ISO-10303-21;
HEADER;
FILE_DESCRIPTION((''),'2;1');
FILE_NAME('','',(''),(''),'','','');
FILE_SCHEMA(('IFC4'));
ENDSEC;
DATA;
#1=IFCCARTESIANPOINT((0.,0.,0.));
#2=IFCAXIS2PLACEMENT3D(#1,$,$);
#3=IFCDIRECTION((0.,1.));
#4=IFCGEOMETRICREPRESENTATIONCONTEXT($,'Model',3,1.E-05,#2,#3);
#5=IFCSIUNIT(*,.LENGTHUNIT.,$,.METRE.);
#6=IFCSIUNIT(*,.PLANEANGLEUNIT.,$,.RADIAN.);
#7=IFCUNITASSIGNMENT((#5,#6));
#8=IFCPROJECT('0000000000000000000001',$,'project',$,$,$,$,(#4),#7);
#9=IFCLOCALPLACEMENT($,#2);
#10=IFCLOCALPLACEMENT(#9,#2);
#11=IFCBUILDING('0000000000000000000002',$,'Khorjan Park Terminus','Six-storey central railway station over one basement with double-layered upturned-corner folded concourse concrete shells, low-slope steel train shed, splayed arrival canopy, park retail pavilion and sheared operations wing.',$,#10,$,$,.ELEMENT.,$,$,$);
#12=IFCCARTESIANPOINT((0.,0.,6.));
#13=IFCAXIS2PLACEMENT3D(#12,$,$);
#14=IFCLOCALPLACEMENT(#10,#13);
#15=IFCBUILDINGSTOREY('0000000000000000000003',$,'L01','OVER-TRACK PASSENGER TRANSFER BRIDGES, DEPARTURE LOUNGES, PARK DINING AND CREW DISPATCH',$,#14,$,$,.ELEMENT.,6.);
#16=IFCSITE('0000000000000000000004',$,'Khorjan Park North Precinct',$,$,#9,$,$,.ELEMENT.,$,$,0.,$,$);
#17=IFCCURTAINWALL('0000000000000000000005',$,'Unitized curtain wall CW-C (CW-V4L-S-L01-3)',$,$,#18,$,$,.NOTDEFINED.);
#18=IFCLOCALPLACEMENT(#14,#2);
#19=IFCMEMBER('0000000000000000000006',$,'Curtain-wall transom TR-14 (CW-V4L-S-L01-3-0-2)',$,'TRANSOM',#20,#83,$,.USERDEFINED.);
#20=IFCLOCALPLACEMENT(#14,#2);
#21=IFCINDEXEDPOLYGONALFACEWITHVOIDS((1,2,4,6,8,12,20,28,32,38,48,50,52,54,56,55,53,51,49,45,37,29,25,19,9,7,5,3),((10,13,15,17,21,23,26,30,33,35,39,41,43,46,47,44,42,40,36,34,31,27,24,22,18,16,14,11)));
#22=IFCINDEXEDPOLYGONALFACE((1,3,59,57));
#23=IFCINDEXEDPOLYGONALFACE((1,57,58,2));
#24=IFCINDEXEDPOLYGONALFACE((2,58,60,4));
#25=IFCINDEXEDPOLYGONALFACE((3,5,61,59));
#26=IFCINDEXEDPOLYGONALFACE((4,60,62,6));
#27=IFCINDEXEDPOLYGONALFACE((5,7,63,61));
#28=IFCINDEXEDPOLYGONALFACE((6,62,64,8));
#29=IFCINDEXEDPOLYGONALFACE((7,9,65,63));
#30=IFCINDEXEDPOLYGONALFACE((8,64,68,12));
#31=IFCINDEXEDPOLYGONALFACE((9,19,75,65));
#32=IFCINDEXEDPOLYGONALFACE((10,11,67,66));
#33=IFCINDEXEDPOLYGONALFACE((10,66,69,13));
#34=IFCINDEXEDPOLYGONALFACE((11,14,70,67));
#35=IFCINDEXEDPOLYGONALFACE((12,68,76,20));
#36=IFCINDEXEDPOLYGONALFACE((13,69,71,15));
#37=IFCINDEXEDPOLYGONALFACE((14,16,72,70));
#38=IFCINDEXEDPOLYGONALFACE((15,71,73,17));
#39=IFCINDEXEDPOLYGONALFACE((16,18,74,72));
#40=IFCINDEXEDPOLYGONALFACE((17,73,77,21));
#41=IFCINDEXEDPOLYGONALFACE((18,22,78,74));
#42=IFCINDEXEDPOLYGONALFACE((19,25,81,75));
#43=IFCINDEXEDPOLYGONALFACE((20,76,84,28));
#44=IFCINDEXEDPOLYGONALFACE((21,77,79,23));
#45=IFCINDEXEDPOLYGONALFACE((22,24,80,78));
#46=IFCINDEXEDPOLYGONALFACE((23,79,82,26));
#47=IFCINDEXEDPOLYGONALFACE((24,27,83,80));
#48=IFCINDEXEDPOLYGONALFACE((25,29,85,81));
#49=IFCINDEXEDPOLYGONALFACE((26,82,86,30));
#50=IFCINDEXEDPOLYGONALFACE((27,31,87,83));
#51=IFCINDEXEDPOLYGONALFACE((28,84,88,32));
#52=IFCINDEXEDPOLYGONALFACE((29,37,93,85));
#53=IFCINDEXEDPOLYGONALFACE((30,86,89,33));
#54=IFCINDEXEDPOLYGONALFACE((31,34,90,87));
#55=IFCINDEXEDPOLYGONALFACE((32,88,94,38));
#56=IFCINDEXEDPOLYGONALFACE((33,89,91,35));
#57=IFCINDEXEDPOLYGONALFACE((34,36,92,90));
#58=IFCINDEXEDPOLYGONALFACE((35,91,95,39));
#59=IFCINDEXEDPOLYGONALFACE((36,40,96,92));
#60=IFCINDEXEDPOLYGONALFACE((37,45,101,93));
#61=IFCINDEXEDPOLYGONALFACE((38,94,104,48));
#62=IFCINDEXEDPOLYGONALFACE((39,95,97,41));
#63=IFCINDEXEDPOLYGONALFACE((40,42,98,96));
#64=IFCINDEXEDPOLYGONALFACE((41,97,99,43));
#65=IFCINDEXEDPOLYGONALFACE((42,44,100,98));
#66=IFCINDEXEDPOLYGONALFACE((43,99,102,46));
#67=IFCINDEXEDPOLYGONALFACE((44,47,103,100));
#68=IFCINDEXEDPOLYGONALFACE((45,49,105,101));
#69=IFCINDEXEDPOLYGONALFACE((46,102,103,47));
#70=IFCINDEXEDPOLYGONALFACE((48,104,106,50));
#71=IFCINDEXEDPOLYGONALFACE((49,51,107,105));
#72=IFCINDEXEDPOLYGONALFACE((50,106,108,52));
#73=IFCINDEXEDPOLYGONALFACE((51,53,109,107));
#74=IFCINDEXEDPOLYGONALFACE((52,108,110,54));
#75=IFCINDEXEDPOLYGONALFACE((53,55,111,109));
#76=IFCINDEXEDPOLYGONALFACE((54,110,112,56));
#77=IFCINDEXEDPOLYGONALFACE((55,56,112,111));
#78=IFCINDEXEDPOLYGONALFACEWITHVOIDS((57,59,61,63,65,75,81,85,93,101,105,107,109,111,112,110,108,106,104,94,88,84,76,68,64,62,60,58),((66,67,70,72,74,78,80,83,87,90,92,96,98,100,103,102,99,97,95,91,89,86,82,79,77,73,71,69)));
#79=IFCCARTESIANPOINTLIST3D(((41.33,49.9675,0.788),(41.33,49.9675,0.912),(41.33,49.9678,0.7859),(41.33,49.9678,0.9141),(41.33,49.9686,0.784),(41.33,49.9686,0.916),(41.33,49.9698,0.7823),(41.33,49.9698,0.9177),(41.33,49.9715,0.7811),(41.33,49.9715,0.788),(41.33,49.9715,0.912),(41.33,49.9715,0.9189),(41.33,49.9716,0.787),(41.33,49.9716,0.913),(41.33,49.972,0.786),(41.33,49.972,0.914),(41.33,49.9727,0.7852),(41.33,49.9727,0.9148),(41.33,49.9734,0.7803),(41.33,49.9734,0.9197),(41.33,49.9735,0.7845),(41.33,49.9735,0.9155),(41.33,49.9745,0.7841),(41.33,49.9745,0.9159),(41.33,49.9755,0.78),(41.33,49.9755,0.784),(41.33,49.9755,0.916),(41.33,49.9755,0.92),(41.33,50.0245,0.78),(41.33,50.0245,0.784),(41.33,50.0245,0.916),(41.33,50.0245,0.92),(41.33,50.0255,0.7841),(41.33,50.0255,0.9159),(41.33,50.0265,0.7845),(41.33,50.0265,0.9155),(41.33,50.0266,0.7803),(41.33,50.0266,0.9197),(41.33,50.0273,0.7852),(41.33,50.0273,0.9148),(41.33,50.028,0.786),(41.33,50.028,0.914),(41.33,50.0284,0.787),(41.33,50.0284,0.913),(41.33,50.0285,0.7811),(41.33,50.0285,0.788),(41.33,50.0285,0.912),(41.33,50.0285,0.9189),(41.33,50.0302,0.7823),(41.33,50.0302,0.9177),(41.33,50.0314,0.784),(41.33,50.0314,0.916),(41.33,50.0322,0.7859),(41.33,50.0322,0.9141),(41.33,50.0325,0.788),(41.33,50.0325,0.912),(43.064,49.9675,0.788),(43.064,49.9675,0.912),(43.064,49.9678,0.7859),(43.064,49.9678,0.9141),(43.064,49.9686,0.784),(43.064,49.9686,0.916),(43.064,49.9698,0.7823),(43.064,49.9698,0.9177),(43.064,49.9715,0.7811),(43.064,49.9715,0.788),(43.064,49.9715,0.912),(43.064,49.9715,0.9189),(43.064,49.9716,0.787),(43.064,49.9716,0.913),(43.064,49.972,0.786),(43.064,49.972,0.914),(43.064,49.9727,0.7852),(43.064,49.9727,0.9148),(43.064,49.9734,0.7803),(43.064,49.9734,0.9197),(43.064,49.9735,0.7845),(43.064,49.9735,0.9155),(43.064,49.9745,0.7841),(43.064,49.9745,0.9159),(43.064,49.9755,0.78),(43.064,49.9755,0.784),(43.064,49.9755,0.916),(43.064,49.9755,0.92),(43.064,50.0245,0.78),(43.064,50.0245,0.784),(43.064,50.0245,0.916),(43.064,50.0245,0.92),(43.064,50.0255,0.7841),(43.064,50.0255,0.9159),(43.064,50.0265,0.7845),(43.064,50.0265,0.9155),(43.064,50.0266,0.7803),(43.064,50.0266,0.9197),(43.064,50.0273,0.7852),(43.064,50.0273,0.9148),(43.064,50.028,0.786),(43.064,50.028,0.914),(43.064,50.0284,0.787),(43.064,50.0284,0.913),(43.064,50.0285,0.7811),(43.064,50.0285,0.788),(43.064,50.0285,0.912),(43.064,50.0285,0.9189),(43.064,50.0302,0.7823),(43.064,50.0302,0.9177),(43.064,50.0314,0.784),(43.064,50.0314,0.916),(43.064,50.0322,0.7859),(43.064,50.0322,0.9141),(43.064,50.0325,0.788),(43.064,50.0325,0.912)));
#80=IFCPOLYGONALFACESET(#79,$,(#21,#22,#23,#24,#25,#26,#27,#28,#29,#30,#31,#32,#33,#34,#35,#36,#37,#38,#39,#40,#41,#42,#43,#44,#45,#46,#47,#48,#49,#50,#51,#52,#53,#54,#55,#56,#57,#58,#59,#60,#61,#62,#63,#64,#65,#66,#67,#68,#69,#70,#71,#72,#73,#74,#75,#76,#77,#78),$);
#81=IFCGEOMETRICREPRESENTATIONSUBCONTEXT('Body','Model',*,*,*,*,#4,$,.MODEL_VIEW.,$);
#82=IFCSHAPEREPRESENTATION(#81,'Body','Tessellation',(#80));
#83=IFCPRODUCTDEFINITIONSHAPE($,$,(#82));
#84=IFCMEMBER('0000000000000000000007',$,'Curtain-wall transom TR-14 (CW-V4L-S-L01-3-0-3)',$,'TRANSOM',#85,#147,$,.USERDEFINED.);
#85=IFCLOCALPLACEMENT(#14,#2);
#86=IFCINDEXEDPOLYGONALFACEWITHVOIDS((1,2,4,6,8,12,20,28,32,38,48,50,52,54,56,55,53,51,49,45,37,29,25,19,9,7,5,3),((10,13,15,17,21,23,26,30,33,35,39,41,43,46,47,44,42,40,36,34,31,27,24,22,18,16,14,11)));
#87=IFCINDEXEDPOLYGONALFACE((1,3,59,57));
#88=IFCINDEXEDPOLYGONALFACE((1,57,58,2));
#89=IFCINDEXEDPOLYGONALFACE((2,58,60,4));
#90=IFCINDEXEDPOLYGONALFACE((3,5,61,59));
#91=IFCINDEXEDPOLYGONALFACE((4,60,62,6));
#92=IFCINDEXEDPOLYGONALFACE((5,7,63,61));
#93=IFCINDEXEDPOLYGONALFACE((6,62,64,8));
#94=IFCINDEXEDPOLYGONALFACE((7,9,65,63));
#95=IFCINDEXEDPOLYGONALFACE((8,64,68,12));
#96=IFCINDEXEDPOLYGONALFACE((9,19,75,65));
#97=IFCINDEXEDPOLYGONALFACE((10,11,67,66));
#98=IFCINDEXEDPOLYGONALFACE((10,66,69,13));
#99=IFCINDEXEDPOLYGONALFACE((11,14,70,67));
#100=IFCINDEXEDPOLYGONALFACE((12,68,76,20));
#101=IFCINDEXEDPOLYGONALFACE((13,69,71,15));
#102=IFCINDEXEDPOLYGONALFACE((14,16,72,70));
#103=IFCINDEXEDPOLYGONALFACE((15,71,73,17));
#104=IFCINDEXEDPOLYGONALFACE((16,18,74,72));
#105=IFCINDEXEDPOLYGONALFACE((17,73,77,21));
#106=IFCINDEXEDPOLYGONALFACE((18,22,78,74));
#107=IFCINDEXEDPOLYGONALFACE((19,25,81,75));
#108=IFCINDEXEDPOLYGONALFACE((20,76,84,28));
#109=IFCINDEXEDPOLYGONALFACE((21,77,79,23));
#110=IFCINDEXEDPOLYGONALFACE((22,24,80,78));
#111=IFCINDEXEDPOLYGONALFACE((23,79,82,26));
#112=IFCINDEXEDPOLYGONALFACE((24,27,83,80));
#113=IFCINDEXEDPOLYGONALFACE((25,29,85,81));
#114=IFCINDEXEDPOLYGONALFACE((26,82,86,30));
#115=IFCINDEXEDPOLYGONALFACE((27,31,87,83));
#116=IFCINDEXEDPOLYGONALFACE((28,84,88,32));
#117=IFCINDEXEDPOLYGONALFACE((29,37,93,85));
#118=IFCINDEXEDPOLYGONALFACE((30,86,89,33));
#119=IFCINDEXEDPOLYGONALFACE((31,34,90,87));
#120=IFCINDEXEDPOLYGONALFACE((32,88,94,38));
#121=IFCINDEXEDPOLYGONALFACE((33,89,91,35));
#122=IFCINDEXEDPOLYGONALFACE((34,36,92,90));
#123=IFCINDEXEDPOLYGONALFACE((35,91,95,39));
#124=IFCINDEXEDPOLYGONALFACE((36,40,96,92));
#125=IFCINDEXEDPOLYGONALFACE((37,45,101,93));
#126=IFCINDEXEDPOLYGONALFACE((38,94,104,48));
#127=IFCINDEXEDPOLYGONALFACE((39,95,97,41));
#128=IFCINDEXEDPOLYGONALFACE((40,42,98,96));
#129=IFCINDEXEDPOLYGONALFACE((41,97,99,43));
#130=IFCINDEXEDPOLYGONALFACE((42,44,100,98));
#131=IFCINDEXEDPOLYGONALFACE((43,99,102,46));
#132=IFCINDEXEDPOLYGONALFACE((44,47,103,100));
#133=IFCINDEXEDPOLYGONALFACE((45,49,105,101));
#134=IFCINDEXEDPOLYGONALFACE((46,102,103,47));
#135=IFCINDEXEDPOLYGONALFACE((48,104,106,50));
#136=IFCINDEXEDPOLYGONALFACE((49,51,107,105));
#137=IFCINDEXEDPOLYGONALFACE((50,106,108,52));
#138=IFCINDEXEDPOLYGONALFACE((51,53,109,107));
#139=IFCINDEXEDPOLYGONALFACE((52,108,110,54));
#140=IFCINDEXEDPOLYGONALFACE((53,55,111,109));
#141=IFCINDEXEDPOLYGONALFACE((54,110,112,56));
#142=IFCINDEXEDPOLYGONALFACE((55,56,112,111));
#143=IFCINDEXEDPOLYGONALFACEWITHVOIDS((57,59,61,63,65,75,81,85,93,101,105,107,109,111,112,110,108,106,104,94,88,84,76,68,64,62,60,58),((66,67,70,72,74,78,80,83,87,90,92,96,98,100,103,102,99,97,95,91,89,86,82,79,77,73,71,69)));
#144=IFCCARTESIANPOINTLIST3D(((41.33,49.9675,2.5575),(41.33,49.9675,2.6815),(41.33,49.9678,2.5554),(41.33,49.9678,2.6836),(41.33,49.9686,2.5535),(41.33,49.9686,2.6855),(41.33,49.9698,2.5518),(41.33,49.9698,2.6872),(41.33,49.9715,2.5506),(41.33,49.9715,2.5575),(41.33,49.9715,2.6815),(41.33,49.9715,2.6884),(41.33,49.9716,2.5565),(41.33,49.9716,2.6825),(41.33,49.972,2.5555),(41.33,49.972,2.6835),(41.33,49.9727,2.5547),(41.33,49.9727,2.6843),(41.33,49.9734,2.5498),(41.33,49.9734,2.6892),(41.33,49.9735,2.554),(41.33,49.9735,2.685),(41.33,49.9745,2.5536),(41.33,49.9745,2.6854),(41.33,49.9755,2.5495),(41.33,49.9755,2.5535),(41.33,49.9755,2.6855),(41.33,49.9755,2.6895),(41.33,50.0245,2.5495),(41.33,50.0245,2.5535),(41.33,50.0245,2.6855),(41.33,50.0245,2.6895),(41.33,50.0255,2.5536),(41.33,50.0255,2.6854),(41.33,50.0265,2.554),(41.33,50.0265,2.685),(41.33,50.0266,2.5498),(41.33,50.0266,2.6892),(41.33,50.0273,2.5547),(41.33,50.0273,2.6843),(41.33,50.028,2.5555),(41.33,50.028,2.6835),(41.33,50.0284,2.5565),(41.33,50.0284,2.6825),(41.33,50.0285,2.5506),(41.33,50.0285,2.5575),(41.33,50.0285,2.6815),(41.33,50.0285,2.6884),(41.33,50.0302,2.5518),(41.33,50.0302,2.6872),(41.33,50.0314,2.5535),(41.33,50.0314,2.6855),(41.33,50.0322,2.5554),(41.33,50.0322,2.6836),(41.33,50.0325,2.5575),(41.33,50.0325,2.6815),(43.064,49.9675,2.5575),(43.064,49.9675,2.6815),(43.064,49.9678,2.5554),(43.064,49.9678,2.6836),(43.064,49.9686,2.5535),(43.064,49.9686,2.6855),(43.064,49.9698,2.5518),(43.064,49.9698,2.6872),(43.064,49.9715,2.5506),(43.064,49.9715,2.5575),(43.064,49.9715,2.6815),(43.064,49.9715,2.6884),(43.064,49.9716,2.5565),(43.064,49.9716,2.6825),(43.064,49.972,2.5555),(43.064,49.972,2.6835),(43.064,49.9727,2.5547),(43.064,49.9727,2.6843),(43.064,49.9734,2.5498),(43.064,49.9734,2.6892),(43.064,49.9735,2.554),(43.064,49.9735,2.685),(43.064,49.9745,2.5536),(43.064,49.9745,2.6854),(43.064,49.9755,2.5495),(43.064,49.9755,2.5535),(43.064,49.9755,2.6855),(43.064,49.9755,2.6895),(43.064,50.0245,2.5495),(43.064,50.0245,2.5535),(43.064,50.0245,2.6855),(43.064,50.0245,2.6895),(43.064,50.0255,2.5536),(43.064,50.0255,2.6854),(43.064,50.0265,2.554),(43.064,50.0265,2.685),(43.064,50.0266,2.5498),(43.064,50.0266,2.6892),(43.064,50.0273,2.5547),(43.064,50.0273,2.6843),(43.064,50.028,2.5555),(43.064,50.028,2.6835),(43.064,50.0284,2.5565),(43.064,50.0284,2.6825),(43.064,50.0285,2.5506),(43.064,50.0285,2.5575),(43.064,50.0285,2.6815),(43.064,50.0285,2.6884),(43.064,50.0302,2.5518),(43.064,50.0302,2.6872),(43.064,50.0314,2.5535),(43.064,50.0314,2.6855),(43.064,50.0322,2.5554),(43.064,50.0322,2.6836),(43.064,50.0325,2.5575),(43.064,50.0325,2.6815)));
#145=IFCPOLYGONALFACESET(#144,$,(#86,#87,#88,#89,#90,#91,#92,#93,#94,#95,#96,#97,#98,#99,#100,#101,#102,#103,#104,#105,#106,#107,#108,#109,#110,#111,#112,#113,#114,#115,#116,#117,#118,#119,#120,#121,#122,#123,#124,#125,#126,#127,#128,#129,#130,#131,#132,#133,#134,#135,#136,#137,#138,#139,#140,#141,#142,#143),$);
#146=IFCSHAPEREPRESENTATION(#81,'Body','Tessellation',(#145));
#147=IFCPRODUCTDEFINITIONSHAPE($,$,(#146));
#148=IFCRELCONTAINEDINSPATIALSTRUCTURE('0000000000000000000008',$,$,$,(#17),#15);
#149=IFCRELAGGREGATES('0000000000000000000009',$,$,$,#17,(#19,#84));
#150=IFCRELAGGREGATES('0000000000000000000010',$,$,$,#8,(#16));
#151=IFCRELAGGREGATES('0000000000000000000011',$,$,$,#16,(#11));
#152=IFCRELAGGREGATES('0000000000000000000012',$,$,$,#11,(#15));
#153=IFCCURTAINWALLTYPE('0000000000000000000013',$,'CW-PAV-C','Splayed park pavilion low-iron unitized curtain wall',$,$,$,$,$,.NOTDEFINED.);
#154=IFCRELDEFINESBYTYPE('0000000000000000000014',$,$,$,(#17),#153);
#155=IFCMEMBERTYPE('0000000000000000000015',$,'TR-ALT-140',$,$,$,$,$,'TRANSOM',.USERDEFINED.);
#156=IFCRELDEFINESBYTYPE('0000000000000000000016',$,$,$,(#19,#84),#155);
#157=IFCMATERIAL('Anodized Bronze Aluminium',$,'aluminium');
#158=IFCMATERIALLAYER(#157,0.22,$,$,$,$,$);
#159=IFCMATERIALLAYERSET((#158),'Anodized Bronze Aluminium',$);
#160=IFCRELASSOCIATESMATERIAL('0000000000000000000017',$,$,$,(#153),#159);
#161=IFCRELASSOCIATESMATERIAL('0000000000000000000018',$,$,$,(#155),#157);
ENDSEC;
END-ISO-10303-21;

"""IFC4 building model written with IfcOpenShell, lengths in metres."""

from ifc_helpers import new_model, si_unit, direction, frame, origin, origin_2d, place, context, subcontext, project, spatial, hollow_rectangle, extrude, material, layer, layer_set, material_profile, profile_set, type_object, element, aggregate, save


model = new_model("IFC4")

# Units and contexts
model_context = context("Model", 3, precision=1e-05, world=origin(), true_north=direction((0.0, 1.0)))
body_context = subcontext(model_context, "Body", "Model", "MODEL_VIEW")
ifc_project = project(units=[si_unit("LENGTHUNIT", "METRE"), si_unit("PLANEANGLEUNIT", "RADIAN")], contexts=[model_context])

# Site, building, storey
site_placement = place(None, origin())
site = spatial("IfcSite", under=ifc_project, at=site_placement, Name="Khorjan Park North Precinct", CompositionType="ELEMENT", RefElevation=0.0)
building_placement = place(site_placement, origin())
building = spatial("IfcBuilding", under=site, at=building_placement, Name="Khorjan Park Terminus", Description="Six-storey central railway station over one basement with double-layered upturned-corner folded concourse concrete shells, low-slope steel train shed, splayed arrival canopy, park retail pavilion and sheared operations wing.", CompositionType="ELEMENT")
storey_placement = place(building_placement, frame((0.0, 0.0, 6.0)))
storey = spatial("IfcBuildingStorey", under=building, at=storey_placement, Name="L01", Description="OVER-TRACK PASSENGER TRANSFER BRIDGES, DEPARTURE LOUNGES, PARK DINING AND CREW DISPATCH", CompositionType="ELEMENT", Elevation=6.0)

# Shared definitions
ifc_material_1 = material(Name="Anodized Bronze Aluminium", Category="aluminium")
ifc_layer_1 = layer(ifc_material_1, 0.22)
ifc_layer_set_1 = layer_set([ifc_layer_1], Name="Anodized Bronze Aluminium")
curtain_wall_type = type_object("IfcCurtainWallType", Name="CW-PAV-C", Description="Splayed park pavilion low-iron unitized curtain wall", PredefinedType="NOTDEFINED", material=ifc_layer_set_1)

# Curtain wall
curtain_wall_1_placement = place(storey_placement, origin())
curtain_wall_1 = element("IfcCurtainWall", 1, at=curtain_wall_1_placement, inside=storey, type_object=curtain_wall_type, Name="Unitized curtain wall CW-C (CW-V4L-S-L01-3)", PredefinedType="NOTDEFINED")

# Members
ifc_material_profile_1 = material_profile(ifc_material_1, hollow_rectangle(XDim=0.065, YDim=0.14, WallThickness=0.004, InnerFilletRadius=0.004, OuterFilletRadius=0.008, at=origin_2d()), Name="ALT 65x140x4")
ifc_profile_set_1 = profile_set([ifc_material_profile_1], Name="Anodized Bronze Aluminium")
member_type_1 = type_object("IfcMemberType", Name="TR-ALT-140", ElementType="TRANSOM", PredefinedType="USERDEFINED", material=ifc_profile_set_1)
member_1_placement = place(storey_placement, frame((41.33, 50.0, 0.85), z_axis=(1.0, 0.0, 0.0), x_axis=(0.0, 1.0, 0.0)))
member_1 = element("IfcMember", 2, at=member_1_placement, type_object=member_type_1, Name="Curtain-wall transom TR-14 (CW-V4L-S-L01-3-0-2)", ObjectType="TRANSOM", PredefinedType="USERDEFINED", context=body_context, shape_type="SweptSolid", body=[
    extrude(hollow_rectangle(XDim=0.065, YDim=0.14, WallThickness=0.004, InnerFilletRadius=0.004, OuterFilletRadius=0.008, at=origin_2d()), origin(), (0.0, 0.0, 1.0), 1.734),
])
member_2_placement = place(storey_placement, frame((41.33, 50.0, 2.6195), z_axis=(1.0, 0.0, 0.0), x_axis=(0.0, 1.0, 0.0)))
member_2 = element("IfcMember", 3, at=member_2_placement, type_object=member_type_1, Name="Curtain-wall transom TR-14 (CW-V4L-S-L01-3-0-3)", ObjectType="TRANSOM", PredefinedType="USERDEFINED", context=body_context, shape_type="SweptSolid", body=[
    extrude(hollow_rectangle(XDim=0.065, YDim=0.14, WallThickness=0.004, InnerFilletRadius=0.004, OuterFilletRadius=0.008, at=origin_2d()), origin(), (0.0, 0.0, 1.0), 1.734),
])

aggregate(curtain_wall_1, [member_1, member_2])

save(model, "model.ifc")
